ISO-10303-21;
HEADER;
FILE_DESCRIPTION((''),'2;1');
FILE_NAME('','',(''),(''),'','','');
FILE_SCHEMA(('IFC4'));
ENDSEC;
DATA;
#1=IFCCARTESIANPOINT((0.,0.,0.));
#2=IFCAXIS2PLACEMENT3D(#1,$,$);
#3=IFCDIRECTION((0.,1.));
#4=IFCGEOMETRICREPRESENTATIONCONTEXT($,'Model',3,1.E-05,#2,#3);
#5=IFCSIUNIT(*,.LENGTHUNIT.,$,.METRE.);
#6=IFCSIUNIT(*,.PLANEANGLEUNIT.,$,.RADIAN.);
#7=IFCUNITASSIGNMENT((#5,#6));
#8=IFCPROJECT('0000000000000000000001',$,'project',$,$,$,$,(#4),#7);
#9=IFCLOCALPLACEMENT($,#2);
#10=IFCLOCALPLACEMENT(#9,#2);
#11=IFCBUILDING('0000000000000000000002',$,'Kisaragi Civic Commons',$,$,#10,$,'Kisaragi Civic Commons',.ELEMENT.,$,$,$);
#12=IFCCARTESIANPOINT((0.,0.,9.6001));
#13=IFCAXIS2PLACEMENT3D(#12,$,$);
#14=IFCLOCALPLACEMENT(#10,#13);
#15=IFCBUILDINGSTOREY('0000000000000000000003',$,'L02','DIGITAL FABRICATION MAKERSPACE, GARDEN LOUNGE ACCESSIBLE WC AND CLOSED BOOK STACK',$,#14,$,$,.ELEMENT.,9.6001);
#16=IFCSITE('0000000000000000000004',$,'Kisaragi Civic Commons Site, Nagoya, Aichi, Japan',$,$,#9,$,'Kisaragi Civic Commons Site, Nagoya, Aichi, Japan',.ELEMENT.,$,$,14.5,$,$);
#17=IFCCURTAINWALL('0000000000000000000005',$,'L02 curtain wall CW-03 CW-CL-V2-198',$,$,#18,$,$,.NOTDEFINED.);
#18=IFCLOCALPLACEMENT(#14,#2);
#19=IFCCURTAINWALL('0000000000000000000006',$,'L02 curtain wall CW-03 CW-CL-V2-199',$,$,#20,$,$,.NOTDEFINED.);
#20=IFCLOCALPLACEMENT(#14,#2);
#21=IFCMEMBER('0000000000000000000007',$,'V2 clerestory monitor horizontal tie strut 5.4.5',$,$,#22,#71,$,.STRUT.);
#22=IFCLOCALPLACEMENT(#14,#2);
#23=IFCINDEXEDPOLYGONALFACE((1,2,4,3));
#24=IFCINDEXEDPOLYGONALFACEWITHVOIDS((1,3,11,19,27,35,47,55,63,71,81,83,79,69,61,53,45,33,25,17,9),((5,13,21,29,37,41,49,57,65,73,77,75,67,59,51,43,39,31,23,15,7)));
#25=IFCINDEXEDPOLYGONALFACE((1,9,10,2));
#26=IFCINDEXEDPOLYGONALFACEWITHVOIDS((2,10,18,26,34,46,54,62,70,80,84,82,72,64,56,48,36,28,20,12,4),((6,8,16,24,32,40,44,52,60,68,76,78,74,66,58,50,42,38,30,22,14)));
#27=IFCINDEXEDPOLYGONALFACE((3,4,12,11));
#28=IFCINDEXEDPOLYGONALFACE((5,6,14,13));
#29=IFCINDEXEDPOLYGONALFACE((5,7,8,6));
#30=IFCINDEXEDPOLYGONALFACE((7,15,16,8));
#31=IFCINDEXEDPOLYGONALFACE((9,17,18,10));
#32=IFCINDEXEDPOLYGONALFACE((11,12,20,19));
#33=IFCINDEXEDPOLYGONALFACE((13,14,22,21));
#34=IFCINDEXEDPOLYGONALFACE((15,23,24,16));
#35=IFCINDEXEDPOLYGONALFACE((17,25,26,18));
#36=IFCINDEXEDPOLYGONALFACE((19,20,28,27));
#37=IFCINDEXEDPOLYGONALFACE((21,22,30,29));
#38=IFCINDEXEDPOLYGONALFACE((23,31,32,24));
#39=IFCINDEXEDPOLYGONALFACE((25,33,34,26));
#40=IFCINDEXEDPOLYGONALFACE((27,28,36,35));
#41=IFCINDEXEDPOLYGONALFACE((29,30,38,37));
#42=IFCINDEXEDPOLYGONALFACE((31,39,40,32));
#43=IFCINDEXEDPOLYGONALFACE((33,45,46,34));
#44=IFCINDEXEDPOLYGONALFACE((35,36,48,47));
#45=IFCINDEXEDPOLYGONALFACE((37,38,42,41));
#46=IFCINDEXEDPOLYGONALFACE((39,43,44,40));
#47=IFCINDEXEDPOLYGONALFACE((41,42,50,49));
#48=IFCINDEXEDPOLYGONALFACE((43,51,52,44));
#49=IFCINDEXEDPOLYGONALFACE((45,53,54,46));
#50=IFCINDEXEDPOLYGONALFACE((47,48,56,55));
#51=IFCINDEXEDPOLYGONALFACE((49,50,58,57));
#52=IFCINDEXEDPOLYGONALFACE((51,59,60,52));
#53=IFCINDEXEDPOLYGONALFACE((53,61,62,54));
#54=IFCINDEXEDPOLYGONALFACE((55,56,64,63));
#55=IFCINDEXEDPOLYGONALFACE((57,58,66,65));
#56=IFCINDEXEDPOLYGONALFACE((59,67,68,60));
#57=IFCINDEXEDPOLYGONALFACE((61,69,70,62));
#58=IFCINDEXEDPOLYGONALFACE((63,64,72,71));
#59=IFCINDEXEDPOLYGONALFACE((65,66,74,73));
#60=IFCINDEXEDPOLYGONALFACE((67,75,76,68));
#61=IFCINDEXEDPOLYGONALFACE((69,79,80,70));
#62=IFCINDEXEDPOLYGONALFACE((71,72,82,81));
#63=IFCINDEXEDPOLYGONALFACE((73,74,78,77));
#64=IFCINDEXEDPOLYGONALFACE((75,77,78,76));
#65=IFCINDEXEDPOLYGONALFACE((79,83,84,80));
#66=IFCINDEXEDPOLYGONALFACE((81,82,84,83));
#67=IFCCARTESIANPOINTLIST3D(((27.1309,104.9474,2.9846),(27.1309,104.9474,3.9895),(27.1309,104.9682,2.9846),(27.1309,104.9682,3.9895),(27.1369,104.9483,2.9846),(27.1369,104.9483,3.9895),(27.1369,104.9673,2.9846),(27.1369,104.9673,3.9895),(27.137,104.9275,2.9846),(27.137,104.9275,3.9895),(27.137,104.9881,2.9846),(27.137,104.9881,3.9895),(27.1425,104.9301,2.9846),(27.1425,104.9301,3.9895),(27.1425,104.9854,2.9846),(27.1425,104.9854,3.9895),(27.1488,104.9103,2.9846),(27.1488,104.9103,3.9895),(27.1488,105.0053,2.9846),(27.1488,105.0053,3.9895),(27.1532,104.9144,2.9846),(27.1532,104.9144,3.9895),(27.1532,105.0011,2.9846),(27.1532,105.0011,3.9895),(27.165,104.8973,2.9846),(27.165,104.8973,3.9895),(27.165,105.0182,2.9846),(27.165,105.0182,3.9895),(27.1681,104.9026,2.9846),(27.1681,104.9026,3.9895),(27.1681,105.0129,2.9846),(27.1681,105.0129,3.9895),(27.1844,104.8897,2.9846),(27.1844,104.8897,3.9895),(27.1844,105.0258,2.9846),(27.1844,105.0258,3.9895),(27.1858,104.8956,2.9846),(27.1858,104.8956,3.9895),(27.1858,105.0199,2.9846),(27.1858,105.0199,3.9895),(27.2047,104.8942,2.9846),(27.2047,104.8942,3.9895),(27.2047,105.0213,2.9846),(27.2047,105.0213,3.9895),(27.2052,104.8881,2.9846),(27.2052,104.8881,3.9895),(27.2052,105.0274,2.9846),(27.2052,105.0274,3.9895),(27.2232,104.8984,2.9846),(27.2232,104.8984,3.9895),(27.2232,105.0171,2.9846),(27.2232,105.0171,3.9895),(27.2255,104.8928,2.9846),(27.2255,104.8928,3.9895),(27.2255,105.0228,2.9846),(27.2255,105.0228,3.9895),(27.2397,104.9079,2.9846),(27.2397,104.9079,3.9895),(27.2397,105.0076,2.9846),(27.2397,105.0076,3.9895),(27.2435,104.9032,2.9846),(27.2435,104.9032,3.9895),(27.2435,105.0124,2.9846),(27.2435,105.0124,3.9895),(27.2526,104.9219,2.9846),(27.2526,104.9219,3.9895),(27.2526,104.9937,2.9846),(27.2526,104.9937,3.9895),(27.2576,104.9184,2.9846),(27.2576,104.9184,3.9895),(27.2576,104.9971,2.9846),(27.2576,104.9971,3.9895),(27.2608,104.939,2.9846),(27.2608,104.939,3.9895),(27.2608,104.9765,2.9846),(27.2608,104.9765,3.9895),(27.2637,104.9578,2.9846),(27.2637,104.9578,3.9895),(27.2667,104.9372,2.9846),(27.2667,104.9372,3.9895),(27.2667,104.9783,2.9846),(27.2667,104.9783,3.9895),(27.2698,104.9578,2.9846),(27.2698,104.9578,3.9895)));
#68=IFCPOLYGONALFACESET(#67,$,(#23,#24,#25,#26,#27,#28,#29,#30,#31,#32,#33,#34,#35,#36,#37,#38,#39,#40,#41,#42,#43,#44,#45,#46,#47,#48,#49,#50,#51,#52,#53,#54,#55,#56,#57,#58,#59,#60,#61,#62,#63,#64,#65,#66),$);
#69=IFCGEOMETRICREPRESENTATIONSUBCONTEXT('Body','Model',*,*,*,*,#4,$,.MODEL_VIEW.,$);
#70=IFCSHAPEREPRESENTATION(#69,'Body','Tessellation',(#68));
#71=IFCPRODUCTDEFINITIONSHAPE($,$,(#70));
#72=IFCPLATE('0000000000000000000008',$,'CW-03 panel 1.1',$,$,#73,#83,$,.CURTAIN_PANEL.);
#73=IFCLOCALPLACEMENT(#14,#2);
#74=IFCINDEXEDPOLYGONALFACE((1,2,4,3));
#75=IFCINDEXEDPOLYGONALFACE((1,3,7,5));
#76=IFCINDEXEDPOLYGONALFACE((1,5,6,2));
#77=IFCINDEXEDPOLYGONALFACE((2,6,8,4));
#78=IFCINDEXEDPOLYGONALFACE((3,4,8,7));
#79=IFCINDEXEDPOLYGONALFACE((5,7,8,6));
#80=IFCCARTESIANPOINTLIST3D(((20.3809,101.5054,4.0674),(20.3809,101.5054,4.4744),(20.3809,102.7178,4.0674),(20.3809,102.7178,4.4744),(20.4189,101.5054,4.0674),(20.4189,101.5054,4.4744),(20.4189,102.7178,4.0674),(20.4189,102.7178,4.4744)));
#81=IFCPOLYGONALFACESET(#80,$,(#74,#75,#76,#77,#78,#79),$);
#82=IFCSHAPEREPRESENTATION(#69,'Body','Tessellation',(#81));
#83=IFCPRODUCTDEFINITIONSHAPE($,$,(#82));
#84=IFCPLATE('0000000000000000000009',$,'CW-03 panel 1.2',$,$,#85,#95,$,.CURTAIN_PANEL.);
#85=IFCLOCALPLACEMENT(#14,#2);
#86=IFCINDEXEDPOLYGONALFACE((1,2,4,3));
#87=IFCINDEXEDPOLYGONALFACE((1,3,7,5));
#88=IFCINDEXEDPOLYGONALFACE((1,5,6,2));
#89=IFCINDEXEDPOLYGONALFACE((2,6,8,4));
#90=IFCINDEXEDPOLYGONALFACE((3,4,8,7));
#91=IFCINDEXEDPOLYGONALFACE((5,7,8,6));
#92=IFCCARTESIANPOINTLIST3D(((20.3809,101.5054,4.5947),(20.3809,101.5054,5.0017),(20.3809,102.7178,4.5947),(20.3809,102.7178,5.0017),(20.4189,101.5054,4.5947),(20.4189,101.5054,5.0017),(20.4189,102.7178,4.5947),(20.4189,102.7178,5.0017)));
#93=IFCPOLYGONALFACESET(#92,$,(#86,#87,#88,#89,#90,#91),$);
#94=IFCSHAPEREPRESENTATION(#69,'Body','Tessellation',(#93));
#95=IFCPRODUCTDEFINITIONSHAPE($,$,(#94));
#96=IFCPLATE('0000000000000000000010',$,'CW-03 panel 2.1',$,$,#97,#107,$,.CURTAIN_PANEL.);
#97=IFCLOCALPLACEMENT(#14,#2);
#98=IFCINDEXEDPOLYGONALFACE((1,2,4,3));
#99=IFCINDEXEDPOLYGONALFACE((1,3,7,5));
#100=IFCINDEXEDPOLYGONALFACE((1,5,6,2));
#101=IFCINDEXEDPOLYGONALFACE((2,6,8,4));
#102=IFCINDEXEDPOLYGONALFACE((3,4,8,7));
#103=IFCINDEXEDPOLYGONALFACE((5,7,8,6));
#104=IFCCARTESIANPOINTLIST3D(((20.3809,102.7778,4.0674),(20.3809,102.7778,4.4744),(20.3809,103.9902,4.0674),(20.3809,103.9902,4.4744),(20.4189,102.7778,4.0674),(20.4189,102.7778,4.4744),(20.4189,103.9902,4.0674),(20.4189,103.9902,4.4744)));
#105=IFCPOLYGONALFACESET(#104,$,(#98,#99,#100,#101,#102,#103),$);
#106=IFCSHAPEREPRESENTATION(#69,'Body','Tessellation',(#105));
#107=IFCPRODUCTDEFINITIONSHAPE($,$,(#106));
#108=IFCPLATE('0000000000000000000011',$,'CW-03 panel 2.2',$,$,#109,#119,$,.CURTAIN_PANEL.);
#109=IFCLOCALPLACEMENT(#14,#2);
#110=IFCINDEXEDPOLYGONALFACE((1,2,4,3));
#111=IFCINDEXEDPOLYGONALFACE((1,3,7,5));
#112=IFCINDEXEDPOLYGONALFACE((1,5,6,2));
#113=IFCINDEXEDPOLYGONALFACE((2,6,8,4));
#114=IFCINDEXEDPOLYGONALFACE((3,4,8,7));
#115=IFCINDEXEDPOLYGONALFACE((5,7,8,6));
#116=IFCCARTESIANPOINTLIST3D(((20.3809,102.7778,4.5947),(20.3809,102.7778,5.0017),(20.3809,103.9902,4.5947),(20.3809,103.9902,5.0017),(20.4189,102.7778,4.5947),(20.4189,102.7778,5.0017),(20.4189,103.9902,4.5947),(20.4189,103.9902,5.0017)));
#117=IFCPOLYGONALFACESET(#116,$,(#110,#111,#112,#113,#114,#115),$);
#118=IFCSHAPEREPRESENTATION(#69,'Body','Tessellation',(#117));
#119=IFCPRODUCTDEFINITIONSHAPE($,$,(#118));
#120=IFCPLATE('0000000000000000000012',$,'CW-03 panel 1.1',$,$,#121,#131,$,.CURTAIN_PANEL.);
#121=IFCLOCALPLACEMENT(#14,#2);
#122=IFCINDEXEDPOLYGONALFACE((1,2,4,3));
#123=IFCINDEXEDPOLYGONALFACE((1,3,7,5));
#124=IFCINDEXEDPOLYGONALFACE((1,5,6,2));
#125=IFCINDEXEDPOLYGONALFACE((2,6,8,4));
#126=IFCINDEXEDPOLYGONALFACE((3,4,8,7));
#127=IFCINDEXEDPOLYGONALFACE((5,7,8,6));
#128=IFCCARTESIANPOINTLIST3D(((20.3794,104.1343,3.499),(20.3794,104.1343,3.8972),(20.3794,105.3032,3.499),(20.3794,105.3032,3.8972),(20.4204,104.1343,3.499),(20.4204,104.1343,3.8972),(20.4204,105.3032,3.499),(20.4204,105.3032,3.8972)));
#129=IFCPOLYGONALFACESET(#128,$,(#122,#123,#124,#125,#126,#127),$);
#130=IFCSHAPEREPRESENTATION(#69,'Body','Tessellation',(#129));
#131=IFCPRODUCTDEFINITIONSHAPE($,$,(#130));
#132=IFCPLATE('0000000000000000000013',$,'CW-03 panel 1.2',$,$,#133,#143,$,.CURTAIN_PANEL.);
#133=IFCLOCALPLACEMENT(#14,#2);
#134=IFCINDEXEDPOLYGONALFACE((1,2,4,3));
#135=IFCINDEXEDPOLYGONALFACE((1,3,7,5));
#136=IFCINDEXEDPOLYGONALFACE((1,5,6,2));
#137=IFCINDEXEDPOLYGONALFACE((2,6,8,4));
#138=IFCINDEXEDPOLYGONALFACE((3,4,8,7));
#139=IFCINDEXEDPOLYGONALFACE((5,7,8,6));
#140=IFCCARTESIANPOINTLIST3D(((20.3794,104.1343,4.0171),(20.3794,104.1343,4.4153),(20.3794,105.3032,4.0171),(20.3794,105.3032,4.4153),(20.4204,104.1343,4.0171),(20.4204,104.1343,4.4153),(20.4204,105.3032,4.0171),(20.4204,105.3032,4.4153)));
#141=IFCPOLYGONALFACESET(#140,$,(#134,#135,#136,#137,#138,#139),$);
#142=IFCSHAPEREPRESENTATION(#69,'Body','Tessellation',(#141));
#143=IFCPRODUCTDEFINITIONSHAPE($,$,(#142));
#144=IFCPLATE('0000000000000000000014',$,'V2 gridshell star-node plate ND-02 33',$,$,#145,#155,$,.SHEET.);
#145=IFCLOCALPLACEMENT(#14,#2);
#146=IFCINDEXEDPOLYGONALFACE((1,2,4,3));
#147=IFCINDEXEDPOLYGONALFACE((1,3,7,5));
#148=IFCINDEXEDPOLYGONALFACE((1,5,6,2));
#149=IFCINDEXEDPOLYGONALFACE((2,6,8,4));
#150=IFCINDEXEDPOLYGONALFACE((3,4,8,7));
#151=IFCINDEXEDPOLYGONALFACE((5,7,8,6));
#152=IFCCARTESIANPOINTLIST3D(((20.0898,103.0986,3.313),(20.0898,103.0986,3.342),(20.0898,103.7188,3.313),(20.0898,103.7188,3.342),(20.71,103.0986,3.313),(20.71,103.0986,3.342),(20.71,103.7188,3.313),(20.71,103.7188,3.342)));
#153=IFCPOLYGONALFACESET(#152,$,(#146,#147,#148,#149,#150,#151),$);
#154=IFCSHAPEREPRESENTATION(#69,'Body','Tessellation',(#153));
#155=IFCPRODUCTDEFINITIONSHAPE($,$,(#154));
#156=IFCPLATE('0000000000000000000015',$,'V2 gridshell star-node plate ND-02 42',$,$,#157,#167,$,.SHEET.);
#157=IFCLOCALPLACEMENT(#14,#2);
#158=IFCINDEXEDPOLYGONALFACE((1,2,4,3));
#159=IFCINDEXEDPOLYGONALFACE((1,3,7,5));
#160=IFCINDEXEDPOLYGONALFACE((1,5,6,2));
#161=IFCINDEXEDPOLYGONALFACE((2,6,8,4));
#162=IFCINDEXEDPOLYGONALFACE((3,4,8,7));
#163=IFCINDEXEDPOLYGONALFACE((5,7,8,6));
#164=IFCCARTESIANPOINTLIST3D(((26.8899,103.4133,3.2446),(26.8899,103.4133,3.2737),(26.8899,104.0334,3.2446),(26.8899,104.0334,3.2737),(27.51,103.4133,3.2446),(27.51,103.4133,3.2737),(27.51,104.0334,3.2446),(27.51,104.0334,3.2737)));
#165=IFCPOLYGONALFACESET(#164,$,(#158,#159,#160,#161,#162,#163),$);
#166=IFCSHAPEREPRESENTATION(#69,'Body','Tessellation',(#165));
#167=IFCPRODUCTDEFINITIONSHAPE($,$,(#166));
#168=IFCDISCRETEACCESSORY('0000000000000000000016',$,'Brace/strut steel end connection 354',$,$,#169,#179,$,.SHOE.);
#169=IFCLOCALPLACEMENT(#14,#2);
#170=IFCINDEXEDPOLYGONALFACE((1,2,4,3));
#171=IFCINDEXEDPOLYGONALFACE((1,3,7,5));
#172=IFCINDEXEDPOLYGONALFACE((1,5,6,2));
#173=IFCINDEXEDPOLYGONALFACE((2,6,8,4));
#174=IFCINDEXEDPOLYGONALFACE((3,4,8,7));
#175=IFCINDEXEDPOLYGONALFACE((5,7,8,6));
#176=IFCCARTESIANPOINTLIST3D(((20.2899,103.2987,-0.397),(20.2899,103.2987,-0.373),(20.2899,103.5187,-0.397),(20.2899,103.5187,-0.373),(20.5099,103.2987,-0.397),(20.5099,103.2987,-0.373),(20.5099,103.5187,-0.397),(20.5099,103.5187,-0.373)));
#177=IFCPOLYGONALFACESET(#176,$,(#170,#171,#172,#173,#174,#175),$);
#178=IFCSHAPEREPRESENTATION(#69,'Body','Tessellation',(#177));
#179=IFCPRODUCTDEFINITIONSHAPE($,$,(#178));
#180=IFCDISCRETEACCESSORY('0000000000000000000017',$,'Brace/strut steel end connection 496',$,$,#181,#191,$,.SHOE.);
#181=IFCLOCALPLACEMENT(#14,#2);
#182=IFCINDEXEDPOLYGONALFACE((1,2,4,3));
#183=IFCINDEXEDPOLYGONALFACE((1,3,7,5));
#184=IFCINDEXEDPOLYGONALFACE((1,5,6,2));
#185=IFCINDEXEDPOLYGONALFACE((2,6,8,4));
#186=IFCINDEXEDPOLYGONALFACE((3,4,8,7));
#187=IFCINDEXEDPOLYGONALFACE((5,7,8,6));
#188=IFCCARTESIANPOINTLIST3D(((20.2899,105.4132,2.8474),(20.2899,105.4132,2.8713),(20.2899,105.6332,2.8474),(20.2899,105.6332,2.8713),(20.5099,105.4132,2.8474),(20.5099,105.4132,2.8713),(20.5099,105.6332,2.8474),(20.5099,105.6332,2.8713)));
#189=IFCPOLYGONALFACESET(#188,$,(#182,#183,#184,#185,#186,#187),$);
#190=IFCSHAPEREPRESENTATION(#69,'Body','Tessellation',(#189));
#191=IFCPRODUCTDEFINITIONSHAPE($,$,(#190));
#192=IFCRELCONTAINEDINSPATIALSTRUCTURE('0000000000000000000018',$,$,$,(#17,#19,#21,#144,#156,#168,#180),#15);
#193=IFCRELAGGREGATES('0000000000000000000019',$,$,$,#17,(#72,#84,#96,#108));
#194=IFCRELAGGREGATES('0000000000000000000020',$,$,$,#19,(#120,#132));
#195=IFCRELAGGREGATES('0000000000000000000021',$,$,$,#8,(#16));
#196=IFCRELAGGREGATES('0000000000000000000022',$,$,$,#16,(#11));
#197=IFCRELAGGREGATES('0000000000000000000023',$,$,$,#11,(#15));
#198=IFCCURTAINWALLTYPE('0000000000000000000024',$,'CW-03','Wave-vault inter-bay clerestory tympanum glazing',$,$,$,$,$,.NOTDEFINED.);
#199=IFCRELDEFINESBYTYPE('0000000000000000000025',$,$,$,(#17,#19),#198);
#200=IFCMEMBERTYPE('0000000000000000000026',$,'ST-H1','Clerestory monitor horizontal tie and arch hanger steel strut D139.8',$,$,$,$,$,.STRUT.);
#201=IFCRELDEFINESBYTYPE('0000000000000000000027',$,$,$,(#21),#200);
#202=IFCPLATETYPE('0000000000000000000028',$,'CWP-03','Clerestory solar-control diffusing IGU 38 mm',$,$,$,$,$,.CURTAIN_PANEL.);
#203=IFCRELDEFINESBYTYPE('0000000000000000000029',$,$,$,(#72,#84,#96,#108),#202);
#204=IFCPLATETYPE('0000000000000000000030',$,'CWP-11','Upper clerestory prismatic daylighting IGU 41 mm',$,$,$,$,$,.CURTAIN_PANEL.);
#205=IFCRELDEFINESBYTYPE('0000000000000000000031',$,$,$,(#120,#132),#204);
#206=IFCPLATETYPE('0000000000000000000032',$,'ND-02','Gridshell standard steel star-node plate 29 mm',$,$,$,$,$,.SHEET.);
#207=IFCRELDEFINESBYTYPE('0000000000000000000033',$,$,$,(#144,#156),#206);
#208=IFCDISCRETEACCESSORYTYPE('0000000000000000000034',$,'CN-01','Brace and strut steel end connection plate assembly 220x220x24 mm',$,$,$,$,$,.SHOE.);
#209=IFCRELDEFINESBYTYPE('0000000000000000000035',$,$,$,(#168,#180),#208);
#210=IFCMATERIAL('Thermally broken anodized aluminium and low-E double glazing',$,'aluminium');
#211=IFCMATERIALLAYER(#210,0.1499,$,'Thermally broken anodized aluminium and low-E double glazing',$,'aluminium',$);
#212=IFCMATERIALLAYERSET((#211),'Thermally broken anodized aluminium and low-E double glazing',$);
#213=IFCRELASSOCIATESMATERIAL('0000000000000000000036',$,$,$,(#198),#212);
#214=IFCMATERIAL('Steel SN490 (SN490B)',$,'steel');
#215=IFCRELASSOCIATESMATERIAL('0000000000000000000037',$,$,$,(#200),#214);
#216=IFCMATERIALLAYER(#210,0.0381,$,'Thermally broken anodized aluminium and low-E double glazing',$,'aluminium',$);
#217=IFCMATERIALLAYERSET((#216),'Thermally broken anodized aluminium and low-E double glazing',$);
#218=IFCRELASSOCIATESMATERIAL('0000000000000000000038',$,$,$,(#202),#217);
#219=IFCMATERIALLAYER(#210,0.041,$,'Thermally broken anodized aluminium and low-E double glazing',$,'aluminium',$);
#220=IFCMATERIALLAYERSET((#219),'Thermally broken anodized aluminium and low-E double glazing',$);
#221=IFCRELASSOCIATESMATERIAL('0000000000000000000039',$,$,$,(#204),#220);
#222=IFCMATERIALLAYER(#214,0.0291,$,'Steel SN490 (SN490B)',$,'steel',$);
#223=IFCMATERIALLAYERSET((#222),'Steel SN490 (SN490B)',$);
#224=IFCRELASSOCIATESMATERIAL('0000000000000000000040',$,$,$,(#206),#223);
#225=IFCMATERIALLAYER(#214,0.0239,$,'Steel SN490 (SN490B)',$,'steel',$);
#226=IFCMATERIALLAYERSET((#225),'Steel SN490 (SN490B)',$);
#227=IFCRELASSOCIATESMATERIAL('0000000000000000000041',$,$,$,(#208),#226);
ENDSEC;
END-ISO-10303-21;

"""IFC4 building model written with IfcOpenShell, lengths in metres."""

from ifc_helpers import new_model, si_unit, direction, frame, origin, origin_2d, place, context, subcontext, project, spatial, rectangle, hollow_circle, extrude, material, layer, layer_set, material_profile, profile_set, type_object, element, aggregate, save


model = new_model("IFC4")

# Units and contexts
model_context = context("Model", 3, precision=1e-05, world=origin(), true_north=direction((0.0, 1.0)))
body_context = subcontext(model_context, "Body", "Model", "MODEL_VIEW")
ifc_project = project(units=[si_unit("LENGTHUNIT", "METRE"), si_unit("PLANEANGLEUNIT", "RADIAN")], contexts=[model_context])

# Site, building, storey
site_placement = place(None, origin())
site = spatial("IfcSite", under=ifc_project, at=site_placement, Name="Kisaragi Civic Commons Site, Nagoya, Aichi, Japan", LongName="Kisaragi Civic Commons Site, Nagoya, Aichi, Japan", CompositionType="ELEMENT", RefElevation=14.5)
building_placement = place(site_placement, origin())
building = spatial("IfcBuilding", under=site, at=building_placement, Name="Kisaragi Civic Commons", LongName="Kisaragi Civic Commons", CompositionType="ELEMENT")
storey_placement = place(building_placement, frame((0.0, 0.0, 9.6001)))
storey = spatial("IfcBuildingStorey", under=building, at=storey_placement, Name="L02", Description="DIGITAL FABRICATION MAKERSPACE, GARDEN LOUNGE ACCESSIBLE WC AND CLOSED BOOK STACK", CompositionType="ELEMENT", Elevation=9.6001)

# Curtain walls
ifc_material_1 = material(Name="Thermally broken anodized aluminium and low-E double glazing", Category="aluminium")
ifc_layer_1 = layer(ifc_material_1, 0.1499, Name="Thermally broken anodized aluminium and low-E double glazing", Category="aluminium")
ifc_layer_set_1 = layer_set([ifc_layer_1], Name="Thermally broken anodized aluminium and low-E double glazing")
curtain_wall_type = type_object("IfcCurtainWallType", Name="CW-03", Description="Wave-vault inter-bay clerestory tympanum glazing", PredefinedType="NOTDEFINED", material=ifc_layer_set_1)
curtain_wall_1_placement = place(storey_placement, origin())
curtain_wall_1 = element("IfcCurtainWall", 1, at=curtain_wall_1_placement, inside=storey, type_object=curtain_wall_type, Name="L02 curtain wall CW-03 CW-CL-V2-198", PredefinedType="NOTDEFINED")
curtain_wall_2_placement = place(storey_placement, origin())
curtain_wall_2 = element("IfcCurtainWall", 2, at=curtain_wall_2_placement, inside=storey, type_object=curtain_wall_type, Name="L02 curtain wall CW-03 CW-CL-V2-199", PredefinedType="NOTDEFINED")

# Member
ifc_material_2 = material(Name="Steel SN490 (SN490B)", Category="steel")
ifc_material_profile_1 = material_profile(ifc_material_2, hollow_circle(Radius=0.0698, WallThickness=0.0061, at=origin_2d()), Name="CHS-139.8x6.0", Category="steel")
ifc_profile_set_1 = profile_set([ifc_material_profile_1], Name="Steel SN490 (SN490B)")
member_type_1 = type_object("IfcMemberType", Name="ST-H1", Description="Clerestory monitor horizontal tie and arch hanger steel strut D139.8", PredefinedType="STRUT", material=ifc_profile_set_1)
member_1_placement = place(storey_placement, frame((27.2, 104.9578, 2.9846), z_axis=(0.0, 0.0, 1.0), x_axis=(1.0, 0.0, 0.0)))
element("IfcMember", 3, at=member_1_placement, inside=storey, type_object=member_type_1, Name="V2 clerestory monitor horizontal tie strut 5.4.5", PredefinedType="STRUT", context=body_context, shape_type="SweptSolid", body=[
    extrude(hollow_circle(Radius=0.0698, WallThickness=0.0061, at=origin_2d()), origin(), (0.0, 0.0, 1.0), 1.0049),
])

# Plates
ifc_layer_2 = layer(ifc_material_1, 0.0381, Name="Thermally broken anodized aluminium and low-E double glazing", Category="aluminium")
ifc_layer_set_2 = layer_set([ifc_layer_2], Name="Thermally broken anodized aluminium and low-E double glazing")
plate_type_1 = type_object("IfcPlateType", Name="CWP-03", Description="Clerestory solar-control diffusing IGU 38 mm", PredefinedType="CURTAIN_PANEL", material=ifc_layer_set_2)
plate_1_placement = place(storey_placement, frame((20.3999, 102.1116, 4.0674), z_axis=(0.0, 0.0, 1.0), x_axis=(0.0, 1.0, 0.0)))
plate_1 = element("IfcPlate", 4, at=plate_1_placement, type_object=plate_type_1, Name="CW-03 panel 1.1", PredefinedType="CURTAIN_PANEL", context=body_context, shape_type="SweptSolid", body=[
    extrude(rectangle(XDim=1.2124, YDim=0.0381, at=origin_2d()), origin(), (0.0, 0.0, 1.0), 0.407),
])
plate_2_placement = place(storey_placement, frame((20.3999, 102.1116, 4.5947), z_axis=(0.0, 0.0, 1.0), x_axis=(0.0, 1.0, 0.0)))
plate_2 = element("IfcPlate", 5, at=plate_2_placement, type_object=plate_type_1, Name="CW-03 panel 1.2", PredefinedType="CURTAIN_PANEL", context=body_context, shape_type="SweptSolid", body=[
    extrude(rectangle(XDim=1.2124, YDim=0.0381, at=origin_2d()), origin(), (0.0, 0.0, 1.0), 0.407),
])
plate_3_placement = place(storey_placement, frame((20.3999, 103.384, 4.0674), z_axis=(0.0, 0.0, 1.0), x_axis=(0.0, 1.0, 0.0)))
plate_3 = element("IfcPlate", 6, at=plate_3_placement, type_object=plate_type_1, Name="CW-03 panel 2.1", PredefinedType="CURTAIN_PANEL", context=body_context, shape_type="SweptSolid", body=[
    extrude(rectangle(XDim=1.2124, YDim=0.0381, at=origin_2d()), origin(), (0.0, 0.0, 1.0), 0.407),
])
plate_4_placement = place(storey_placement, frame((20.3999, 103.384, 4.5947), z_axis=(0.0, 0.0, 1.0), x_axis=(0.0, 1.0, 0.0)))
plate_4 = element("IfcPlate", 7, at=plate_4_placement, type_object=plate_type_1, Name="CW-03 panel 2.2", PredefinedType="CURTAIN_PANEL", context=body_context, shape_type="SweptSolid", body=[
    extrude(rectangle(XDim=1.2124, YDim=0.0381, at=origin_2d()), origin(), (0.0, 0.0, 1.0), 0.407),
])
aggregate(curtain_wall_1, [plate_1, plate_2, plate_3, plate_4])
ifc_layer_3 = layer(ifc_material_1, 0.041, Name="Thermally broken anodized aluminium and low-E double glazing", Category="aluminium")
ifc_layer_set_3 = layer_set([ifc_layer_3], Name="Thermally broken anodized aluminium and low-E double glazing")
plate_type_2 = type_object("IfcPlateType", Name="CWP-11", Description="Upper clerestory prismatic daylighting IGU 41 mm", PredefinedType="CURTAIN_PANEL", material=ifc_layer_set_3)
plate_5_placement = place(storey_placement, frame((20.3999, 104.7188, 3.499), z_axis=(0.0, 0.0, 1.0), x_axis=(0.0, 1.0, 0.0)))
plate_5 = element("IfcPlate", 8, at=plate_5_placement, type_object=plate_type_2, Name="CW-03 panel 1.1", PredefinedType="CURTAIN_PANEL", context=body_context, shape_type="SweptSolid", body=[
    extrude(rectangle(XDim=1.1689, YDim=0.041, at=origin_2d()), origin(), (0.0, 0.0, 1.0), 0.3982),
])
plate_6_placement = place(storey_placement, frame((20.3999, 104.7188, 4.0171), z_axis=(0.0, 0.0, 1.0), x_axis=(0.0, 1.0, 0.0)))
plate_6 = element("IfcPlate", 9, at=plate_6_placement, type_object=plate_type_2, Name="CW-03 panel 1.2", PredefinedType="CURTAIN_PANEL", context=body_context, shape_type="SweptSolid", body=[
    extrude(rectangle(XDim=1.1689, YDim=0.041, at=origin_2d()), origin(), (0.0, 0.0, 1.0), 0.3982),
])
aggregate(curtain_wall_2, [plate_5, plate_6])

# Plates
ifc_layer_4 = layer(ifc_material_2, 0.0291, Name="Steel SN490 (SN490B)", Category="steel")
ifc_layer_set_4 = layer_set([ifc_layer_4], Name="Steel SN490 (SN490B)")
plate_type_3 = type_object("IfcPlateType", Name="ND-02", Description="Gridshell standard steel star-node plate 29 mm", PredefinedType="SHEET", material=ifc_layer_set_4)
for number, where, z_axis, x_axis, name in (
    (10, (20.3999, 103.4087, 3.313), (0.0, 0.0, 1.0), (1.0, 0.0, 0.0), "V2 gridshell star-node plate ND-02 33"),
    (11, (27.2, 103.7234, 3.2446), (0.0, 0.0, 1.0), (1.0, 0.0, 0.0), "V2 gridshell star-node plate ND-02 42"),
):
    element("IfcPlate", number, at=place(storey_placement, frame(where, z_axis=z_axis, x_axis=x_axis)), inside=storey, type_object=plate_type_3, Name=name, PredefinedType="SHEET", context=body_context, shape_type="SweptSolid", body=[
        extrude(rectangle(XDim=0.6201, YDim=0.6201, at=origin_2d()), origin(), (0.0, 0.0, 1.0), 0.0291),
    ])

# Discrete accessories
ifc_layer_5 = layer(ifc_material_2, 0.0239, Name="Steel SN490 (SN490B)", Category="steel")
ifc_layer_set_5 = layer_set([ifc_layer_5], Name="Steel SN490 (SN490B)")
discrete_accessory_type = type_object("IfcDiscreteAccessoryType", Name="CN-01", Description="Brace and strut steel end connection plate assembly 220x220x24 mm", PredefinedType="SHOE", material=ifc_layer_set_5)
for number, where, z_axis, x_axis, name in (
    (12, (20.3999, 103.4087, -0.397), (0.0, 0.0, 1.0), (1.0, 0.0, 0.0), "Brace/strut steel end connection 354"),
    (13, (20.3999, 105.5232, 2.8474), (0.0, 0.0, 1.0), (1.0, 0.0, 0.0), "Brace/strut steel end connection 496"),
):
    element("IfcDiscreteAccessory", number, at=place(storey_placement, frame(where, z_axis=z_axis, x_axis=x_axis)), inside=storey, type_object=discrete_accessory_type, Name=name, PredefinedType="SHOE", context=body_context, shape_type="SweptSolid", body=[
        extrude(rectangle(XDim=0.22, YDim=0.22, at=origin_2d()), origin(), (0.0, 0.0, 1.0), 0.0239),
    ])

save(model, "model.ifc")
